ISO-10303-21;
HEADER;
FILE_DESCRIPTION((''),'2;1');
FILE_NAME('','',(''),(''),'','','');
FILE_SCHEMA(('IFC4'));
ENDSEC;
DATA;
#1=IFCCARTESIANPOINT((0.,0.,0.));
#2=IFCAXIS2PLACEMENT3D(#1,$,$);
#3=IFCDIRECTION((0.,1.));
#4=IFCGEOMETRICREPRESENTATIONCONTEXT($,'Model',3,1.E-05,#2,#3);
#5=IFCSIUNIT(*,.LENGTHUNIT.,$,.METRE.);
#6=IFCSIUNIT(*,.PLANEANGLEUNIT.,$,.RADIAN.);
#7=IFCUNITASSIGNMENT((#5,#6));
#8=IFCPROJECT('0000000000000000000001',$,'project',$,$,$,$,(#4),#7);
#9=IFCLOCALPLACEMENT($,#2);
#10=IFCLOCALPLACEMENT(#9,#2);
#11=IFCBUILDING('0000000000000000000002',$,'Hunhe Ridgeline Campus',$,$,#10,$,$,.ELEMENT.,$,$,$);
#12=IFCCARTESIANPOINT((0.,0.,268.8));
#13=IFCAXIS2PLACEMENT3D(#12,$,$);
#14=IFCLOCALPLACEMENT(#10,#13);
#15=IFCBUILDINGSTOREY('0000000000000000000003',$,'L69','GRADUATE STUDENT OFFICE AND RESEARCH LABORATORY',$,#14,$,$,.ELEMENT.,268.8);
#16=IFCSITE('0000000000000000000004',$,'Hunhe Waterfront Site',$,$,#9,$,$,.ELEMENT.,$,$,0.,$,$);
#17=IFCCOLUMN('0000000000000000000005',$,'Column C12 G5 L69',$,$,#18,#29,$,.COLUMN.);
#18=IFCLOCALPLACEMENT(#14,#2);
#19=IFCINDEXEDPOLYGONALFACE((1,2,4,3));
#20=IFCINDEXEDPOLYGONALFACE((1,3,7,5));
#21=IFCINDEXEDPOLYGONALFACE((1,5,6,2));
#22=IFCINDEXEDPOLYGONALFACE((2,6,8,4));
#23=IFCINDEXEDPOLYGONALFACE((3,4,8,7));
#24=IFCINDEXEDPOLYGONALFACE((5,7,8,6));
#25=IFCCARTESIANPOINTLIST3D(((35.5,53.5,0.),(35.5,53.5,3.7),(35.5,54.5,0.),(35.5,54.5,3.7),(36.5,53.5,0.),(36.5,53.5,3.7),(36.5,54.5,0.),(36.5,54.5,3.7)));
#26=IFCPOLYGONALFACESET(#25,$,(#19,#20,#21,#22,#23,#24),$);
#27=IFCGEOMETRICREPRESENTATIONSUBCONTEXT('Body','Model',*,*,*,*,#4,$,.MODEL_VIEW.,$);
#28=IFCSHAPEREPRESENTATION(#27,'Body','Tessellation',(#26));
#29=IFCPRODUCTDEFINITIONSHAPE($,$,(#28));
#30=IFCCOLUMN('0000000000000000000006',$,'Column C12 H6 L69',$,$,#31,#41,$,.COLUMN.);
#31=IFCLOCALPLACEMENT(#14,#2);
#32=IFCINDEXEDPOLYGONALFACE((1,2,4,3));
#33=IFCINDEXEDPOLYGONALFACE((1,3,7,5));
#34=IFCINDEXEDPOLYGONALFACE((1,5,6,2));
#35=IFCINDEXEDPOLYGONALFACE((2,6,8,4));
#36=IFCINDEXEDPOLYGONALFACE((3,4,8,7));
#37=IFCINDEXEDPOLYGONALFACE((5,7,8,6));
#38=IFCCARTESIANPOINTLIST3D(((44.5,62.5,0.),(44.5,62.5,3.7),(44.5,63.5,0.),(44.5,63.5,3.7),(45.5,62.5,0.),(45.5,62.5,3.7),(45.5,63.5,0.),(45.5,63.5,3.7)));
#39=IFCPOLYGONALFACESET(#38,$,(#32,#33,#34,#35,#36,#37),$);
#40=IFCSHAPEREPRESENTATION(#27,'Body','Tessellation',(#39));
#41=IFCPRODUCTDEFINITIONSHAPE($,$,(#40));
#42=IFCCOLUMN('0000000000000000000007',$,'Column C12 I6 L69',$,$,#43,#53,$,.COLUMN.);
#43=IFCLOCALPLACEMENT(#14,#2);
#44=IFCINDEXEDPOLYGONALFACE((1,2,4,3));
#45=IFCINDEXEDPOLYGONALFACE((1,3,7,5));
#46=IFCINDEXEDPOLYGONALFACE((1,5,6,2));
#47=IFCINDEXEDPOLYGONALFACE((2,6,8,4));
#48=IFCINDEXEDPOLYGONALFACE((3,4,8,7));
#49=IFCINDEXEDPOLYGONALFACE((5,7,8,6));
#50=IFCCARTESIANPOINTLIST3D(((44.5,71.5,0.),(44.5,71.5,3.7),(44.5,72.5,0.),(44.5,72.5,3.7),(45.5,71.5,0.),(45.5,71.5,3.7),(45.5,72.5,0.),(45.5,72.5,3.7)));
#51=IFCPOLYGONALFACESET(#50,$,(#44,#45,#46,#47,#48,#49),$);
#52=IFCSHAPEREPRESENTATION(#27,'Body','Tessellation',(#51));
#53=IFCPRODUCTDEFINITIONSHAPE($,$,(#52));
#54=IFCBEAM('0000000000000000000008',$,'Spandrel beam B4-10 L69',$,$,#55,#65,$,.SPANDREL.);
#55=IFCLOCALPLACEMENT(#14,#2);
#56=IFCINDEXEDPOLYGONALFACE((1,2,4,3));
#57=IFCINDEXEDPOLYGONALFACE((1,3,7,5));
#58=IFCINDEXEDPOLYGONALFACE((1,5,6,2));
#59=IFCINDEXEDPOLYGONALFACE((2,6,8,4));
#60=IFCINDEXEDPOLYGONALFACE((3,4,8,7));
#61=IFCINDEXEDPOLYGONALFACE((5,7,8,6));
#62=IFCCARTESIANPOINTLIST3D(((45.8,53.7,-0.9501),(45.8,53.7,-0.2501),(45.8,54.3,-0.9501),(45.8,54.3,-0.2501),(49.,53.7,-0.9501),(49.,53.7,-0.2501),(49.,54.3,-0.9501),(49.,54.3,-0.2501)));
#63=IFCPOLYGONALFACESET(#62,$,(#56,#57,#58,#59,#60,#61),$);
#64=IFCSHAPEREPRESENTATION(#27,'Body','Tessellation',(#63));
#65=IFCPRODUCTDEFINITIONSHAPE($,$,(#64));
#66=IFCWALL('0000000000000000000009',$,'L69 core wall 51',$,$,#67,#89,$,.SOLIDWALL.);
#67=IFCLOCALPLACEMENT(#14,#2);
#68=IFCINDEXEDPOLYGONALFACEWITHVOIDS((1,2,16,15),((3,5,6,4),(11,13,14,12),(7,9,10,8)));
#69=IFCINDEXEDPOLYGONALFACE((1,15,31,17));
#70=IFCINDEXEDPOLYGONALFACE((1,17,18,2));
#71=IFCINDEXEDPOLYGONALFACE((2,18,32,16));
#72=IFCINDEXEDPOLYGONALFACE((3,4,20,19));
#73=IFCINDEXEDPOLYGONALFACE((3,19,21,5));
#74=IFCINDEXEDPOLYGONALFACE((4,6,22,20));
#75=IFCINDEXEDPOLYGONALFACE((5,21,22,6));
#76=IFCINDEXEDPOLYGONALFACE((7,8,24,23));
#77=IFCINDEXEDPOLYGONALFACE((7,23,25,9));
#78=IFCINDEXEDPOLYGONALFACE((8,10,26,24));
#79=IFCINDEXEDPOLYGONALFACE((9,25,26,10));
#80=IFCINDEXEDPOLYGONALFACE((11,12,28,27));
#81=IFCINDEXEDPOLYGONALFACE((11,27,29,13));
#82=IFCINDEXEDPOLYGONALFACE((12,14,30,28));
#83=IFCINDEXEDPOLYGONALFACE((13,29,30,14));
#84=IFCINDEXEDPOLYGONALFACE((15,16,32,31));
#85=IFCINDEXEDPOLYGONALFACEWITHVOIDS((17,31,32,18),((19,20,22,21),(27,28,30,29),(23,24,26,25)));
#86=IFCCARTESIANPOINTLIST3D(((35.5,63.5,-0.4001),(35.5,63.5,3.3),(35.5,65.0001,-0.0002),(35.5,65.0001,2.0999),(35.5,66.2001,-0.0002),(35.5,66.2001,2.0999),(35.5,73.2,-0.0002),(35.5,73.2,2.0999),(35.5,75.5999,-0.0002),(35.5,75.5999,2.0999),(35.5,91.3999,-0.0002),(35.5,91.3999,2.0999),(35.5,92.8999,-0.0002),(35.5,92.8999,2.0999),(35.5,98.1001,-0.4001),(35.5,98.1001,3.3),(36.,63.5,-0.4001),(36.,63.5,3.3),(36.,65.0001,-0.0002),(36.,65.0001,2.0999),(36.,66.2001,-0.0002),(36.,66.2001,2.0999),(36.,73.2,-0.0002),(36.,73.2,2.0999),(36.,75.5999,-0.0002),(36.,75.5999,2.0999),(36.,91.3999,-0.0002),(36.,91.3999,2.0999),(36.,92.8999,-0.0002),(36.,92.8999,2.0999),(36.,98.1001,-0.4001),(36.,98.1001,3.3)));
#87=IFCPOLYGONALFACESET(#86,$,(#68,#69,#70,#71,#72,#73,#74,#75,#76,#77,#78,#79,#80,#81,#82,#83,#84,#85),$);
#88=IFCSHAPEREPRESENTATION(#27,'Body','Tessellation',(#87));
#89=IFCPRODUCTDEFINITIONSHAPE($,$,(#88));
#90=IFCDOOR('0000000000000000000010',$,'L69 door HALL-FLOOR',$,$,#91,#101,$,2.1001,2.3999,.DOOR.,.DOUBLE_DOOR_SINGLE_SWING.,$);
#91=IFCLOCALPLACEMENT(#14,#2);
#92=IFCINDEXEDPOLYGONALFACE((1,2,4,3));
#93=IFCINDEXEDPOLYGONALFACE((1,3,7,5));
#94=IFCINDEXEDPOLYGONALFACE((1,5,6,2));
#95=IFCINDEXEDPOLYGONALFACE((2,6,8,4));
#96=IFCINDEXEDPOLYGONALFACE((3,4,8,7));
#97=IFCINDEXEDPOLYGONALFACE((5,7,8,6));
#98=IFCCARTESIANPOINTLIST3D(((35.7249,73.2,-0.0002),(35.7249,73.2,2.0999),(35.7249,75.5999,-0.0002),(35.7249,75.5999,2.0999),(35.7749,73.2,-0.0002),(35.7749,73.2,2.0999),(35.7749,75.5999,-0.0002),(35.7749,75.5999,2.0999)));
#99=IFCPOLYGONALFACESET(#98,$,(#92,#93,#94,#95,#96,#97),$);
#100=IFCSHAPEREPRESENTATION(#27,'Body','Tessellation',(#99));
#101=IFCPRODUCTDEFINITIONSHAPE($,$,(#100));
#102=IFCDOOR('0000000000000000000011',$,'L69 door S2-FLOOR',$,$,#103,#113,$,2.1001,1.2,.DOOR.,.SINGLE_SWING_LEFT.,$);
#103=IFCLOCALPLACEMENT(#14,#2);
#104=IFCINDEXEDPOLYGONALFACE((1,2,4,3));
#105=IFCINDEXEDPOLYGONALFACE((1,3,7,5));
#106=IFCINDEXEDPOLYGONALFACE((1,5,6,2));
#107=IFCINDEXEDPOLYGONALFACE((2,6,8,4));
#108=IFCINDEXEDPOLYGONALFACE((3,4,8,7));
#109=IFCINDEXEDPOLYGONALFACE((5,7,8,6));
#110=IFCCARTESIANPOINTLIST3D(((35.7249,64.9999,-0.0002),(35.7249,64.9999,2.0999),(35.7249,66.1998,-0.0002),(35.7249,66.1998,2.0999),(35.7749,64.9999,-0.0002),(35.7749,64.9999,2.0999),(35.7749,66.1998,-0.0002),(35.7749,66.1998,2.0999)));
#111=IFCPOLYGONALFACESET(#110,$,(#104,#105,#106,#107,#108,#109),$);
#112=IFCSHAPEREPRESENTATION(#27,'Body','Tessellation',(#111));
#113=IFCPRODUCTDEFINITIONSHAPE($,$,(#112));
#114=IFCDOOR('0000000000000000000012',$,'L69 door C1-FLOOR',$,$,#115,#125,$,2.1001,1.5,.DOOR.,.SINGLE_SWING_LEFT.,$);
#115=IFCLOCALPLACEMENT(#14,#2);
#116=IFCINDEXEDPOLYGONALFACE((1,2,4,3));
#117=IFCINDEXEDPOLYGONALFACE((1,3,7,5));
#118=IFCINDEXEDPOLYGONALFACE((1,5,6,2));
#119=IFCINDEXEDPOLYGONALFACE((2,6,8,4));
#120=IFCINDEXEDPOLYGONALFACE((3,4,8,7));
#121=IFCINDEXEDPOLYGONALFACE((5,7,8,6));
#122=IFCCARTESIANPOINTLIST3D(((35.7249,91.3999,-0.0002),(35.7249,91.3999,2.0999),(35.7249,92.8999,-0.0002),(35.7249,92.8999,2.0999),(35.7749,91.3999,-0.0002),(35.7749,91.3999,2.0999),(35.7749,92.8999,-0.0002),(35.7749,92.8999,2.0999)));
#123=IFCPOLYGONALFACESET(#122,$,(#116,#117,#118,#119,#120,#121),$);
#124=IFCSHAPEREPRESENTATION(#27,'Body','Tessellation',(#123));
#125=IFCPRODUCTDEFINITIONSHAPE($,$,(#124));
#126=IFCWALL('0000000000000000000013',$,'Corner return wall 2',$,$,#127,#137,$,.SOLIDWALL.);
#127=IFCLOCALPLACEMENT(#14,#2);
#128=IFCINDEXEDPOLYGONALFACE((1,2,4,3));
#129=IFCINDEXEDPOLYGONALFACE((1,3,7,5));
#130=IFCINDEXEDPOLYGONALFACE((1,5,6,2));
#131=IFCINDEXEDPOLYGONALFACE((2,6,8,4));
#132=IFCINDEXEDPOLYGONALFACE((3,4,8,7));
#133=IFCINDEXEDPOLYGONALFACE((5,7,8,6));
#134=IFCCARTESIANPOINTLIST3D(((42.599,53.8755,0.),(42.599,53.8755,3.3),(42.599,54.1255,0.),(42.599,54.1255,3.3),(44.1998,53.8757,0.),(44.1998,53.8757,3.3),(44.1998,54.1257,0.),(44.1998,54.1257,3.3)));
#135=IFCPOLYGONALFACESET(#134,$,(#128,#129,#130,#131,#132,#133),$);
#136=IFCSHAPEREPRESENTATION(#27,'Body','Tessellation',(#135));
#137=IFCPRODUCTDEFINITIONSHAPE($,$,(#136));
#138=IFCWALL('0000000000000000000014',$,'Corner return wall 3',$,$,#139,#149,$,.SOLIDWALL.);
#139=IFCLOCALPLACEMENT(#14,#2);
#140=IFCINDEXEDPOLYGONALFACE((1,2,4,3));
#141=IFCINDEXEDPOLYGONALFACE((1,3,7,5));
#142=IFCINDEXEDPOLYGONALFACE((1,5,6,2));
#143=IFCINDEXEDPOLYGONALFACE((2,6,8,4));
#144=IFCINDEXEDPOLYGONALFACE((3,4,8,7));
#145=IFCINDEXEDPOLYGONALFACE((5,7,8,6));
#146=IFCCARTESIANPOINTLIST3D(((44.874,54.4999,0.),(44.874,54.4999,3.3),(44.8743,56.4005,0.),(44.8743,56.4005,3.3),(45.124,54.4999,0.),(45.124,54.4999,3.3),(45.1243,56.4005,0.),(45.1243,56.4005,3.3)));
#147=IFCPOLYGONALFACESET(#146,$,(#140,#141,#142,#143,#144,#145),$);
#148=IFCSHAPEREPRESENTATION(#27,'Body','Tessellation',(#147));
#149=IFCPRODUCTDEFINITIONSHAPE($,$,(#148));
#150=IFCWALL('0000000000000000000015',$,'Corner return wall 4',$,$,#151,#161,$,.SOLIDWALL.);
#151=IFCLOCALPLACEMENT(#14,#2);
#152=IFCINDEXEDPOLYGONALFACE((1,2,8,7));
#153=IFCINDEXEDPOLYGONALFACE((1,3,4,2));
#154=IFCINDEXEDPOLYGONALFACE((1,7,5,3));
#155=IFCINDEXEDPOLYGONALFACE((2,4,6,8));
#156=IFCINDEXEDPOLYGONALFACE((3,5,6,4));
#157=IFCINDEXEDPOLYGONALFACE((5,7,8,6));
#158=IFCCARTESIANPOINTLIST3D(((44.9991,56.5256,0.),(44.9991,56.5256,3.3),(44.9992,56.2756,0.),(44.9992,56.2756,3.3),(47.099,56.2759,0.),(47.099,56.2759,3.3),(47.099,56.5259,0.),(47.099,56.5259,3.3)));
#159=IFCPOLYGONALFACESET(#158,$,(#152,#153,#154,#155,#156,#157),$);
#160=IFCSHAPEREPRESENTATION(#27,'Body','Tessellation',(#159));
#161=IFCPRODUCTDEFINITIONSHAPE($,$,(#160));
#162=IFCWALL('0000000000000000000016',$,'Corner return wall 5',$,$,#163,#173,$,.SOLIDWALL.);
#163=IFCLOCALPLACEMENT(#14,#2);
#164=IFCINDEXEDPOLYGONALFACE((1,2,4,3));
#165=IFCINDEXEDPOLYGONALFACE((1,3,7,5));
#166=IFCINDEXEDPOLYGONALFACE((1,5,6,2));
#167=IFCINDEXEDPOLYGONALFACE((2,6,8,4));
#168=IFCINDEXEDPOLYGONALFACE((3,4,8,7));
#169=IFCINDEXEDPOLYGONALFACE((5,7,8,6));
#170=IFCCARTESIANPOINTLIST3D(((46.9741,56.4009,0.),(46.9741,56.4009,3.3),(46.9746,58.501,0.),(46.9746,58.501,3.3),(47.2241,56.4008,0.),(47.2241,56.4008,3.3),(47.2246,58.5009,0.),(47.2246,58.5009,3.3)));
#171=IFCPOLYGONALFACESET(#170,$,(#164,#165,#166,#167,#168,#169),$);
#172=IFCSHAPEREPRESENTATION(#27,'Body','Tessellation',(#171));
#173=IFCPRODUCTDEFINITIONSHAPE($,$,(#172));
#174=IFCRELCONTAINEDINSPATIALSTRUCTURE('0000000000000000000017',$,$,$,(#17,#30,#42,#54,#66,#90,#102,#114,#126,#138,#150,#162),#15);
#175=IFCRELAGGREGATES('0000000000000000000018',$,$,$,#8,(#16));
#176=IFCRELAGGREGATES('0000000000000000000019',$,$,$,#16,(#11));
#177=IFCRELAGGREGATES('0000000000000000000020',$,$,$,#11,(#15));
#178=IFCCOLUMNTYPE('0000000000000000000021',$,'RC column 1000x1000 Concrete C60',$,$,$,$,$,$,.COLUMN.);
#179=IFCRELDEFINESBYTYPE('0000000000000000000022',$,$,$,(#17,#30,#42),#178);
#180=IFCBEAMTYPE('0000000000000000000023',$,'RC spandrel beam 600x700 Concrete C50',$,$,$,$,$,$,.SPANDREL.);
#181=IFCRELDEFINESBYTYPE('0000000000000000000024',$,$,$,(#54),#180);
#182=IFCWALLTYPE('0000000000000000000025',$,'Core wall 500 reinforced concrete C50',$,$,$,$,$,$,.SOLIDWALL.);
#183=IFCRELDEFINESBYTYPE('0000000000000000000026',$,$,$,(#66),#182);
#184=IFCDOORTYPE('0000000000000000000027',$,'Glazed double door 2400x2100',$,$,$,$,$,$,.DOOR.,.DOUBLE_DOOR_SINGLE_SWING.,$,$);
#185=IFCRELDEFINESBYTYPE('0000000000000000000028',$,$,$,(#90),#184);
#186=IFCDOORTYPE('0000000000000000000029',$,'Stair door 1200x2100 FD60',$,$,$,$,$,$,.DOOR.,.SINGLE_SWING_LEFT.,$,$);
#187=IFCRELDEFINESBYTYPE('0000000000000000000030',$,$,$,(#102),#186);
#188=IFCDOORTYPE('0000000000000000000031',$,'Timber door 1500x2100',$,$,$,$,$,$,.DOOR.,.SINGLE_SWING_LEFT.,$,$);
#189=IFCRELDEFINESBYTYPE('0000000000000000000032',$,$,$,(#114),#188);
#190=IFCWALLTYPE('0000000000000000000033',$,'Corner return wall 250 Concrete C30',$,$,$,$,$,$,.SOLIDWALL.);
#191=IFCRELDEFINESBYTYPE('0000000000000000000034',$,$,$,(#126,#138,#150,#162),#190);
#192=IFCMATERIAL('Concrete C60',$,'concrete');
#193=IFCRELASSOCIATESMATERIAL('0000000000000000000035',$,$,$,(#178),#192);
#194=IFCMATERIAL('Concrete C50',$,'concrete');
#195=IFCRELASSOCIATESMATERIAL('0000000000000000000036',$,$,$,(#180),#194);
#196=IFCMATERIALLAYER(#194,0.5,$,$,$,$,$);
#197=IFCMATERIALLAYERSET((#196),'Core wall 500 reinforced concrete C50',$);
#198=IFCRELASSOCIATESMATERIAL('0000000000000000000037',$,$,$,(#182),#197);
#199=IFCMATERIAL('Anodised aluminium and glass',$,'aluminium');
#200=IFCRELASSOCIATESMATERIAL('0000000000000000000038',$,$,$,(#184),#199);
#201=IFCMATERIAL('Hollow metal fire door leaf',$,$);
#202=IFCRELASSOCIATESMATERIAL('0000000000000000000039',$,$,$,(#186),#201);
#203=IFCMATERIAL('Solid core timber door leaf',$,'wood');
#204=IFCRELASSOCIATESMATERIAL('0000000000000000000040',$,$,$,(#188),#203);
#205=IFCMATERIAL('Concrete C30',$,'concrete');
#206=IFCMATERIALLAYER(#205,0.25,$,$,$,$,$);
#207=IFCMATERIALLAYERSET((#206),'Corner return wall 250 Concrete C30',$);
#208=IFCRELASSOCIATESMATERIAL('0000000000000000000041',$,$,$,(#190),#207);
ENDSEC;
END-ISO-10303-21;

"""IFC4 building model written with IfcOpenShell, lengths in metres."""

from ifc_helpers import new_model, si_unit, direction, frame, frame_2d, origin, origin_2d, place, context, subcontext, project, spatial, rectangle, extrude, material, layer, layer_set, material_profile, profile_set, type_object, element, fill, save


model = new_model("IFC4")

# Units and contexts
model_context = context("Model", 3, precision=1e-05, world=origin(), true_north=direction((0.0, 1.0)))
body_context = subcontext(model_context, "Body", "Model", "MODEL_VIEW")
ifc_project = project(units=[si_unit("LENGTHUNIT", "METRE"), si_unit("PLANEANGLEUNIT", "RADIAN")], contexts=[model_context])

# Site, building, storey
site_placement = place(None, origin())
site = spatial("IfcSite", under=ifc_project, at=site_placement, Name="Hunhe Waterfront Site", CompositionType="ELEMENT", RefElevation=0.0)
building_placement = place(site_placement, origin())
building = spatial("IfcBuilding", under=site, at=building_placement, Name="Hunhe Ridgeline Campus", CompositionType="ELEMENT")
storey_placement = place(building_placement, frame((0.0, 0.0, 268.8)))
storey = spatial("IfcBuildingStorey", under=building, at=storey_placement, Name="L69", Description="GRADUATE STUDENT OFFICE AND RESEARCH LABORATORY", CompositionType="ELEMENT", Elevation=268.8)

# Columns
ifc_material_1 = material(Name="Concrete C60", Category="concrete")
ifc_material_profile_1 = material_profile(ifc_material_1, rectangle(XDim=1.0, YDim=1.0, at=origin_2d()))
ifc_profile_set_1 = profile_set([ifc_material_profile_1], Name="Concrete C60")
column_type = type_object("IfcColumnType", Name="RC column 1000x1000 Concrete C60", PredefinedType="COLUMN", material=ifc_profile_set_1)
for number, where, z_axis, x_axis, name in (
    (1, (36.0, 54.0, 0.0), (0.0, 0.0, 1.0), (1.0, 0.0, 0.0), "Column C12 G5 L69"),
    (2, (45.0, 63.0, 0.0), (0.0, 0.0, 1.0), (1.0, 0.0, 0.0), "Column C12 H6 L69"),
    (3, (45.0, 72.0, 0.0), (0.0, 0.0, 1.0), (1.0, 0.0, 0.0), "Column C12 I6 L69"),
):
    element("IfcColumn", number, at=place(storey_placement, frame(where, z_axis=z_axis, x_axis=x_axis)), inside=storey, type_object=column_type, Name=name, PredefinedType="COLUMN", context=body_context, shape_type="SweptSolid", body=[
        extrude(rectangle(XDim=1.0, YDim=1.0, at=origin_2d()), origin(), (0.0, 0.0, 1.0), 3.7),
    ])

# Beam
ifc_material_2 = material(Name="Concrete C50", Category="concrete")
ifc_material_profile_2 = material_profile(ifc_material_2, rectangle(XDim=0.6001, YDim=0.7, at=origin_2d()))
ifc_profile_set_2 = profile_set([ifc_material_profile_2], Name="Concrete C50")
beam_type = type_object("IfcBeamType", Name="RC spandrel beam 600x700 Concrete C50", PredefinedType="SPANDREL", material=ifc_profile_set_2)
beam_placement = place(storey_placement, frame((45.8, 54.0, -0.6001), z_axis=(1.0, 0.0, 0.0), x_axis=(0.0, 1.0, 0.0)))
element("IfcBeam", 4, at=beam_placement, inside=storey, type_object=beam_type, Name="Spandrel beam B4-10 L69", PredefinedType="SPANDREL", context=body_context, shape_type="SweptSolid", body=[
    extrude(rectangle(XDim=0.6001, YDim=0.7, at=origin_2d()), origin(), (0.0, 0.0, 1.0), 3.2),
])

# Wall, openings, doors
ifc_layer_1 = layer(ifc_material_2, 0.5)
ifc_layer_set_1 = layer_set([ifc_layer_1], Name="Core wall 500 reinforced concrete C50")
wall_type_1 = type_object("IfcWallType", Name="Core wall 500 reinforced concrete C50", PredefinedType="SOLIDWALL", material=ifc_layer_set_1)
wall_1_placement = place(storey_placement, frame((35.75, 63.5, -0.4001), z_axis=(0.0, 0.0, 1.0), x_axis=(0.0, 1.0, 0.0)))
wall_1 = element("IfcWall", 5, at=wall_1_placement, inside=storey, type_object=wall_type_1, Name="L69 core wall 51", PredefinedType="SOLIDWALL", context=body_context, shape_type="SweptSolid", body=[
    extrude(rectangle(XDim=34.6001, YDim=0.5, at=frame_2d((17.3, 0.0))), origin(), (0.0, 0.0, 1.0), 3.7002),
])
opening_1_placement = place(wall_1_placement, frame((9.7, 0.0, 0.3999)))
opening_1 = element("IfcOpeningElement", 6, at=opening_1_placement, cuts=wall_1, PredefinedType="OPENING", context=body_context, shape_type="SweptSolid", body=[
    extrude(rectangle(XDim=2.3999, YDim=2.1001, at=frame_2d((1.2, 1.05))), frame((0.0, 0.25, 0.0), z_axis=(0.0, -1.0, 0.0), x_axis=(1.0, 0.0, 0.0)), (0.0, 0.0, 1.0), 0.5),
])
opening_2_placement = place(wall_1_placement, frame((27.8999, 0.0, 0.3999)))
opening_2 = element("IfcOpeningElement", 7, at=opening_2_placement, cuts=wall_1, PredefinedType="OPENING", context=body_context, shape_type="SweptSolid", body=[
    extrude(rectangle(XDim=1.5, YDim=2.1001, at=frame_2d((0.75, 1.05))), frame((0.0, 0.25, 0.0), z_axis=(0.0, -1.0, 0.0), x_axis=(1.0, 0.0, 0.0)), (0.0, 0.0, 1.0), 0.5),
])
opening_3_placement = place(wall_1_placement, frame((1.5, 0.0, 0.3999)))
opening_3 = element("IfcOpeningElement", 8, at=opening_3_placement, cuts=wall_1, PredefinedType="OPENING", context=body_context, shape_type="SweptSolid", body=[
    extrude(rectangle(XDim=1.2, YDim=2.1001, at=frame_2d((0.6001, 1.05))), frame((0.0, 0.25, 0.0), z_axis=(0.0, -1.0, 0.0), x_axis=(1.0, 0.0, 0.0)), (0.0, 0.0, 1.0), 0.5),
])
ifc_material_3 = material(Name="Anodised aluminium and glass", Category="aluminium")
door_type_1 = type_object("IfcDoorType", Name="Glazed double door 2400x2100", OperationType="DOUBLE_DOOR_SINGLE_SWING", PredefinedType="DOOR", material=ifc_material_3)
door_1_placement = place(opening_1_placement, frame((2.3999, 0.0, 0.0), z_axis=(0.0, 0.0, 1.0), x_axis=(-1.0, 0.0, 0.0)))
door_1 = element("IfcDoor", 9, at=door_1_placement, inside=storey, type_object=door_type_1, Name="L69 door HALL-FLOOR", OperationType="DOUBLE_DOOR_SINGLE_SWING", OverallHeight=2.1001, OverallWidth=2.3999, PredefinedType="DOOR", context=body_context, shape_type="SweptSolid", body=[
    extrude(rectangle(XDim=2.3999, YDim=2.1001, at=frame_2d((1.2, 1.05))), frame((0.0, 0.0249, 0.0), z_axis=(0.0, -1.0, 0.0), x_axis=(1.0, 0.0, 0.0)), (0.0, 0.0, 1.0), 0.05),
])
fill(opening_1, door_1)
ifc_material_4 = material(Name="Hollow metal fire door leaf")
door_type_2 = type_object("IfcDoorType", Name="Stair door 1200x2100 FD60", OperationType="SINGLE_SWING_LEFT", PredefinedType="DOOR", material=ifc_material_4)
door_2_placement = place(opening_3_placement, frame((1.2, 0.0, 0.0), z_axis=(0.0, 0.0, 1.0), x_axis=(-1.0, 0.0, 0.0)))
door_2 = element("IfcDoor", 10, at=door_2_placement, inside=storey, type_object=door_type_2, Name="L69 door S2-FLOOR", OperationType="SINGLE_SWING_LEFT", OverallHeight=2.1001, OverallWidth=1.2, PredefinedType="DOOR", context=body_context, shape_type="SweptSolid", body=[
    extrude(rectangle(XDim=1.2, YDim=2.1001, at=frame_2d((0.6001, 1.05))), frame((0.0, 0.0249, 0.0), z_axis=(0.0, -1.0, 0.0), x_axis=(1.0, 0.0, 0.0)), (0.0, 0.0, 1.0), 0.05),
])
fill(opening_3, door_2)
ifc_material_5 = material(Name="Solid core timber door leaf", Category="wood")
door_type_3 = type_object("IfcDoorType", Name="Timber door 1500x2100", OperationType="SINGLE_SWING_LEFT", PredefinedType="DOOR", material=ifc_material_5)
door_3_placement = place(opening_2_placement, frame((1.5, 0.0, 0.0), z_axis=(0.0, 0.0, 1.0), x_axis=(-1.0, 0.0, 0.0)))
door_3 = element("IfcDoor", 11, at=door_3_placement, inside=storey, type_object=door_type_3, Name="L69 door C1-FLOOR", OperationType="SINGLE_SWING_LEFT", OverallHeight=2.1001, OverallWidth=1.5, PredefinedType="DOOR", context=body_context, shape_type="SweptSolid", body=[
    extrude(rectangle(XDim=1.5, YDim=2.1001, at=frame_2d((0.75, 1.05))), frame((0.0, 0.0249, 0.0), z_axis=(0.0, -1.0, 0.0), x_axis=(1.0, 0.0, 0.0)), (0.0, 0.0, 1.0), 0.05),
])
fill(opening_2, door_3)

# Walls
ifc_material_6 = material(Name="Concrete C30", Category="concrete")
ifc_layer_2 = layer(ifc_material_6, 0.25)
ifc_layer_set_2 = layer_set([ifc_layer_2], Name="Corner return wall 250 Concrete C30")
wall_type_2 = type_object("IfcWallType", Name="Corner return wall 250 Concrete C30", PredefinedType="SOLIDWALL", material=ifc_layer_set_2)
wall_2_placement = place(storey_placement, frame((42.5991, 54.0005, 0.0), z_axis=(0.0, 0.0, 1.0), x_axis=(1.0, 0.000153, 0.0)))
element("IfcWall", 12, at=wall_2_placement, inside=storey, type_object=wall_type_2, Name="Corner return wall 2", PredefinedType="SOLIDWALL", context=body_context, shape_type="SweptSolid", body=[
    extrude(rectangle(XDim=1.6008, YDim=0.25, at=frame_2d((0.8003, 0.0))), origin(), (0.0, 0.0, 1.0), 3.3),
])
wall_3_placement = place(storey_placement, frame((44.999, 54.5, 0.0), z_axis=(0.0, 0.0, 1.0), x_axis=(0.000128, 1.0, 0.0)))
element("IfcWall", 13, at=wall_3_placement, inside=storey, type_object=wall_type_2, Name="Corner return wall 3", PredefinedType="SOLIDWALL", context=body_context, shape_type="SweptSolid", body=[
    extrude(rectangle(XDim=1.9006, YDim=0.25, at=frame_2d((0.9502, 0.0))), origin(), (0.0, 0.0, 1.0), 3.3),
])
wall_4_placement = place(storey_placement, frame((44.9993, 56.4006, 0.0), z_axis=(0.0, 0.0, 1.0), x_axis=(1.0, 0.000116, 0.0)))
element("IfcWall", 14, at=wall_4_placement, inside=storey, type_object=wall_type_2, Name="Corner return wall 4", PredefinedType="SOLIDWALL", context=body_context, shape_type="SweptSolid", body=[
    extrude(rectangle(XDim=2.0999, YDim=0.25, at=frame_2d((1.0498, 0.0))), origin(), (0.0, 0.0, 1.0), 3.3),
])
wall_5_placement = place(storey_placement, frame((47.0991, 56.4009, 0.0), z_axis=(0.0, 0.0, 1.0), x_axis=(0.000233, 1.0, 0.0)))
element("IfcWall", 15, at=wall_5_placement, inside=storey, type_object=wall_type_2, Name="Corner return wall 5", PredefinedType="SOLIDWALL", context=body_context, shape_type="SweptSolid", body=[
    extrude(rectangle(XDim=2.1001, YDim=0.25, at=frame_2d((1.05, 0.0))), origin(), (0.0, 0.0, 1.0), 3.3),
])

save(model, "model.ifc")
